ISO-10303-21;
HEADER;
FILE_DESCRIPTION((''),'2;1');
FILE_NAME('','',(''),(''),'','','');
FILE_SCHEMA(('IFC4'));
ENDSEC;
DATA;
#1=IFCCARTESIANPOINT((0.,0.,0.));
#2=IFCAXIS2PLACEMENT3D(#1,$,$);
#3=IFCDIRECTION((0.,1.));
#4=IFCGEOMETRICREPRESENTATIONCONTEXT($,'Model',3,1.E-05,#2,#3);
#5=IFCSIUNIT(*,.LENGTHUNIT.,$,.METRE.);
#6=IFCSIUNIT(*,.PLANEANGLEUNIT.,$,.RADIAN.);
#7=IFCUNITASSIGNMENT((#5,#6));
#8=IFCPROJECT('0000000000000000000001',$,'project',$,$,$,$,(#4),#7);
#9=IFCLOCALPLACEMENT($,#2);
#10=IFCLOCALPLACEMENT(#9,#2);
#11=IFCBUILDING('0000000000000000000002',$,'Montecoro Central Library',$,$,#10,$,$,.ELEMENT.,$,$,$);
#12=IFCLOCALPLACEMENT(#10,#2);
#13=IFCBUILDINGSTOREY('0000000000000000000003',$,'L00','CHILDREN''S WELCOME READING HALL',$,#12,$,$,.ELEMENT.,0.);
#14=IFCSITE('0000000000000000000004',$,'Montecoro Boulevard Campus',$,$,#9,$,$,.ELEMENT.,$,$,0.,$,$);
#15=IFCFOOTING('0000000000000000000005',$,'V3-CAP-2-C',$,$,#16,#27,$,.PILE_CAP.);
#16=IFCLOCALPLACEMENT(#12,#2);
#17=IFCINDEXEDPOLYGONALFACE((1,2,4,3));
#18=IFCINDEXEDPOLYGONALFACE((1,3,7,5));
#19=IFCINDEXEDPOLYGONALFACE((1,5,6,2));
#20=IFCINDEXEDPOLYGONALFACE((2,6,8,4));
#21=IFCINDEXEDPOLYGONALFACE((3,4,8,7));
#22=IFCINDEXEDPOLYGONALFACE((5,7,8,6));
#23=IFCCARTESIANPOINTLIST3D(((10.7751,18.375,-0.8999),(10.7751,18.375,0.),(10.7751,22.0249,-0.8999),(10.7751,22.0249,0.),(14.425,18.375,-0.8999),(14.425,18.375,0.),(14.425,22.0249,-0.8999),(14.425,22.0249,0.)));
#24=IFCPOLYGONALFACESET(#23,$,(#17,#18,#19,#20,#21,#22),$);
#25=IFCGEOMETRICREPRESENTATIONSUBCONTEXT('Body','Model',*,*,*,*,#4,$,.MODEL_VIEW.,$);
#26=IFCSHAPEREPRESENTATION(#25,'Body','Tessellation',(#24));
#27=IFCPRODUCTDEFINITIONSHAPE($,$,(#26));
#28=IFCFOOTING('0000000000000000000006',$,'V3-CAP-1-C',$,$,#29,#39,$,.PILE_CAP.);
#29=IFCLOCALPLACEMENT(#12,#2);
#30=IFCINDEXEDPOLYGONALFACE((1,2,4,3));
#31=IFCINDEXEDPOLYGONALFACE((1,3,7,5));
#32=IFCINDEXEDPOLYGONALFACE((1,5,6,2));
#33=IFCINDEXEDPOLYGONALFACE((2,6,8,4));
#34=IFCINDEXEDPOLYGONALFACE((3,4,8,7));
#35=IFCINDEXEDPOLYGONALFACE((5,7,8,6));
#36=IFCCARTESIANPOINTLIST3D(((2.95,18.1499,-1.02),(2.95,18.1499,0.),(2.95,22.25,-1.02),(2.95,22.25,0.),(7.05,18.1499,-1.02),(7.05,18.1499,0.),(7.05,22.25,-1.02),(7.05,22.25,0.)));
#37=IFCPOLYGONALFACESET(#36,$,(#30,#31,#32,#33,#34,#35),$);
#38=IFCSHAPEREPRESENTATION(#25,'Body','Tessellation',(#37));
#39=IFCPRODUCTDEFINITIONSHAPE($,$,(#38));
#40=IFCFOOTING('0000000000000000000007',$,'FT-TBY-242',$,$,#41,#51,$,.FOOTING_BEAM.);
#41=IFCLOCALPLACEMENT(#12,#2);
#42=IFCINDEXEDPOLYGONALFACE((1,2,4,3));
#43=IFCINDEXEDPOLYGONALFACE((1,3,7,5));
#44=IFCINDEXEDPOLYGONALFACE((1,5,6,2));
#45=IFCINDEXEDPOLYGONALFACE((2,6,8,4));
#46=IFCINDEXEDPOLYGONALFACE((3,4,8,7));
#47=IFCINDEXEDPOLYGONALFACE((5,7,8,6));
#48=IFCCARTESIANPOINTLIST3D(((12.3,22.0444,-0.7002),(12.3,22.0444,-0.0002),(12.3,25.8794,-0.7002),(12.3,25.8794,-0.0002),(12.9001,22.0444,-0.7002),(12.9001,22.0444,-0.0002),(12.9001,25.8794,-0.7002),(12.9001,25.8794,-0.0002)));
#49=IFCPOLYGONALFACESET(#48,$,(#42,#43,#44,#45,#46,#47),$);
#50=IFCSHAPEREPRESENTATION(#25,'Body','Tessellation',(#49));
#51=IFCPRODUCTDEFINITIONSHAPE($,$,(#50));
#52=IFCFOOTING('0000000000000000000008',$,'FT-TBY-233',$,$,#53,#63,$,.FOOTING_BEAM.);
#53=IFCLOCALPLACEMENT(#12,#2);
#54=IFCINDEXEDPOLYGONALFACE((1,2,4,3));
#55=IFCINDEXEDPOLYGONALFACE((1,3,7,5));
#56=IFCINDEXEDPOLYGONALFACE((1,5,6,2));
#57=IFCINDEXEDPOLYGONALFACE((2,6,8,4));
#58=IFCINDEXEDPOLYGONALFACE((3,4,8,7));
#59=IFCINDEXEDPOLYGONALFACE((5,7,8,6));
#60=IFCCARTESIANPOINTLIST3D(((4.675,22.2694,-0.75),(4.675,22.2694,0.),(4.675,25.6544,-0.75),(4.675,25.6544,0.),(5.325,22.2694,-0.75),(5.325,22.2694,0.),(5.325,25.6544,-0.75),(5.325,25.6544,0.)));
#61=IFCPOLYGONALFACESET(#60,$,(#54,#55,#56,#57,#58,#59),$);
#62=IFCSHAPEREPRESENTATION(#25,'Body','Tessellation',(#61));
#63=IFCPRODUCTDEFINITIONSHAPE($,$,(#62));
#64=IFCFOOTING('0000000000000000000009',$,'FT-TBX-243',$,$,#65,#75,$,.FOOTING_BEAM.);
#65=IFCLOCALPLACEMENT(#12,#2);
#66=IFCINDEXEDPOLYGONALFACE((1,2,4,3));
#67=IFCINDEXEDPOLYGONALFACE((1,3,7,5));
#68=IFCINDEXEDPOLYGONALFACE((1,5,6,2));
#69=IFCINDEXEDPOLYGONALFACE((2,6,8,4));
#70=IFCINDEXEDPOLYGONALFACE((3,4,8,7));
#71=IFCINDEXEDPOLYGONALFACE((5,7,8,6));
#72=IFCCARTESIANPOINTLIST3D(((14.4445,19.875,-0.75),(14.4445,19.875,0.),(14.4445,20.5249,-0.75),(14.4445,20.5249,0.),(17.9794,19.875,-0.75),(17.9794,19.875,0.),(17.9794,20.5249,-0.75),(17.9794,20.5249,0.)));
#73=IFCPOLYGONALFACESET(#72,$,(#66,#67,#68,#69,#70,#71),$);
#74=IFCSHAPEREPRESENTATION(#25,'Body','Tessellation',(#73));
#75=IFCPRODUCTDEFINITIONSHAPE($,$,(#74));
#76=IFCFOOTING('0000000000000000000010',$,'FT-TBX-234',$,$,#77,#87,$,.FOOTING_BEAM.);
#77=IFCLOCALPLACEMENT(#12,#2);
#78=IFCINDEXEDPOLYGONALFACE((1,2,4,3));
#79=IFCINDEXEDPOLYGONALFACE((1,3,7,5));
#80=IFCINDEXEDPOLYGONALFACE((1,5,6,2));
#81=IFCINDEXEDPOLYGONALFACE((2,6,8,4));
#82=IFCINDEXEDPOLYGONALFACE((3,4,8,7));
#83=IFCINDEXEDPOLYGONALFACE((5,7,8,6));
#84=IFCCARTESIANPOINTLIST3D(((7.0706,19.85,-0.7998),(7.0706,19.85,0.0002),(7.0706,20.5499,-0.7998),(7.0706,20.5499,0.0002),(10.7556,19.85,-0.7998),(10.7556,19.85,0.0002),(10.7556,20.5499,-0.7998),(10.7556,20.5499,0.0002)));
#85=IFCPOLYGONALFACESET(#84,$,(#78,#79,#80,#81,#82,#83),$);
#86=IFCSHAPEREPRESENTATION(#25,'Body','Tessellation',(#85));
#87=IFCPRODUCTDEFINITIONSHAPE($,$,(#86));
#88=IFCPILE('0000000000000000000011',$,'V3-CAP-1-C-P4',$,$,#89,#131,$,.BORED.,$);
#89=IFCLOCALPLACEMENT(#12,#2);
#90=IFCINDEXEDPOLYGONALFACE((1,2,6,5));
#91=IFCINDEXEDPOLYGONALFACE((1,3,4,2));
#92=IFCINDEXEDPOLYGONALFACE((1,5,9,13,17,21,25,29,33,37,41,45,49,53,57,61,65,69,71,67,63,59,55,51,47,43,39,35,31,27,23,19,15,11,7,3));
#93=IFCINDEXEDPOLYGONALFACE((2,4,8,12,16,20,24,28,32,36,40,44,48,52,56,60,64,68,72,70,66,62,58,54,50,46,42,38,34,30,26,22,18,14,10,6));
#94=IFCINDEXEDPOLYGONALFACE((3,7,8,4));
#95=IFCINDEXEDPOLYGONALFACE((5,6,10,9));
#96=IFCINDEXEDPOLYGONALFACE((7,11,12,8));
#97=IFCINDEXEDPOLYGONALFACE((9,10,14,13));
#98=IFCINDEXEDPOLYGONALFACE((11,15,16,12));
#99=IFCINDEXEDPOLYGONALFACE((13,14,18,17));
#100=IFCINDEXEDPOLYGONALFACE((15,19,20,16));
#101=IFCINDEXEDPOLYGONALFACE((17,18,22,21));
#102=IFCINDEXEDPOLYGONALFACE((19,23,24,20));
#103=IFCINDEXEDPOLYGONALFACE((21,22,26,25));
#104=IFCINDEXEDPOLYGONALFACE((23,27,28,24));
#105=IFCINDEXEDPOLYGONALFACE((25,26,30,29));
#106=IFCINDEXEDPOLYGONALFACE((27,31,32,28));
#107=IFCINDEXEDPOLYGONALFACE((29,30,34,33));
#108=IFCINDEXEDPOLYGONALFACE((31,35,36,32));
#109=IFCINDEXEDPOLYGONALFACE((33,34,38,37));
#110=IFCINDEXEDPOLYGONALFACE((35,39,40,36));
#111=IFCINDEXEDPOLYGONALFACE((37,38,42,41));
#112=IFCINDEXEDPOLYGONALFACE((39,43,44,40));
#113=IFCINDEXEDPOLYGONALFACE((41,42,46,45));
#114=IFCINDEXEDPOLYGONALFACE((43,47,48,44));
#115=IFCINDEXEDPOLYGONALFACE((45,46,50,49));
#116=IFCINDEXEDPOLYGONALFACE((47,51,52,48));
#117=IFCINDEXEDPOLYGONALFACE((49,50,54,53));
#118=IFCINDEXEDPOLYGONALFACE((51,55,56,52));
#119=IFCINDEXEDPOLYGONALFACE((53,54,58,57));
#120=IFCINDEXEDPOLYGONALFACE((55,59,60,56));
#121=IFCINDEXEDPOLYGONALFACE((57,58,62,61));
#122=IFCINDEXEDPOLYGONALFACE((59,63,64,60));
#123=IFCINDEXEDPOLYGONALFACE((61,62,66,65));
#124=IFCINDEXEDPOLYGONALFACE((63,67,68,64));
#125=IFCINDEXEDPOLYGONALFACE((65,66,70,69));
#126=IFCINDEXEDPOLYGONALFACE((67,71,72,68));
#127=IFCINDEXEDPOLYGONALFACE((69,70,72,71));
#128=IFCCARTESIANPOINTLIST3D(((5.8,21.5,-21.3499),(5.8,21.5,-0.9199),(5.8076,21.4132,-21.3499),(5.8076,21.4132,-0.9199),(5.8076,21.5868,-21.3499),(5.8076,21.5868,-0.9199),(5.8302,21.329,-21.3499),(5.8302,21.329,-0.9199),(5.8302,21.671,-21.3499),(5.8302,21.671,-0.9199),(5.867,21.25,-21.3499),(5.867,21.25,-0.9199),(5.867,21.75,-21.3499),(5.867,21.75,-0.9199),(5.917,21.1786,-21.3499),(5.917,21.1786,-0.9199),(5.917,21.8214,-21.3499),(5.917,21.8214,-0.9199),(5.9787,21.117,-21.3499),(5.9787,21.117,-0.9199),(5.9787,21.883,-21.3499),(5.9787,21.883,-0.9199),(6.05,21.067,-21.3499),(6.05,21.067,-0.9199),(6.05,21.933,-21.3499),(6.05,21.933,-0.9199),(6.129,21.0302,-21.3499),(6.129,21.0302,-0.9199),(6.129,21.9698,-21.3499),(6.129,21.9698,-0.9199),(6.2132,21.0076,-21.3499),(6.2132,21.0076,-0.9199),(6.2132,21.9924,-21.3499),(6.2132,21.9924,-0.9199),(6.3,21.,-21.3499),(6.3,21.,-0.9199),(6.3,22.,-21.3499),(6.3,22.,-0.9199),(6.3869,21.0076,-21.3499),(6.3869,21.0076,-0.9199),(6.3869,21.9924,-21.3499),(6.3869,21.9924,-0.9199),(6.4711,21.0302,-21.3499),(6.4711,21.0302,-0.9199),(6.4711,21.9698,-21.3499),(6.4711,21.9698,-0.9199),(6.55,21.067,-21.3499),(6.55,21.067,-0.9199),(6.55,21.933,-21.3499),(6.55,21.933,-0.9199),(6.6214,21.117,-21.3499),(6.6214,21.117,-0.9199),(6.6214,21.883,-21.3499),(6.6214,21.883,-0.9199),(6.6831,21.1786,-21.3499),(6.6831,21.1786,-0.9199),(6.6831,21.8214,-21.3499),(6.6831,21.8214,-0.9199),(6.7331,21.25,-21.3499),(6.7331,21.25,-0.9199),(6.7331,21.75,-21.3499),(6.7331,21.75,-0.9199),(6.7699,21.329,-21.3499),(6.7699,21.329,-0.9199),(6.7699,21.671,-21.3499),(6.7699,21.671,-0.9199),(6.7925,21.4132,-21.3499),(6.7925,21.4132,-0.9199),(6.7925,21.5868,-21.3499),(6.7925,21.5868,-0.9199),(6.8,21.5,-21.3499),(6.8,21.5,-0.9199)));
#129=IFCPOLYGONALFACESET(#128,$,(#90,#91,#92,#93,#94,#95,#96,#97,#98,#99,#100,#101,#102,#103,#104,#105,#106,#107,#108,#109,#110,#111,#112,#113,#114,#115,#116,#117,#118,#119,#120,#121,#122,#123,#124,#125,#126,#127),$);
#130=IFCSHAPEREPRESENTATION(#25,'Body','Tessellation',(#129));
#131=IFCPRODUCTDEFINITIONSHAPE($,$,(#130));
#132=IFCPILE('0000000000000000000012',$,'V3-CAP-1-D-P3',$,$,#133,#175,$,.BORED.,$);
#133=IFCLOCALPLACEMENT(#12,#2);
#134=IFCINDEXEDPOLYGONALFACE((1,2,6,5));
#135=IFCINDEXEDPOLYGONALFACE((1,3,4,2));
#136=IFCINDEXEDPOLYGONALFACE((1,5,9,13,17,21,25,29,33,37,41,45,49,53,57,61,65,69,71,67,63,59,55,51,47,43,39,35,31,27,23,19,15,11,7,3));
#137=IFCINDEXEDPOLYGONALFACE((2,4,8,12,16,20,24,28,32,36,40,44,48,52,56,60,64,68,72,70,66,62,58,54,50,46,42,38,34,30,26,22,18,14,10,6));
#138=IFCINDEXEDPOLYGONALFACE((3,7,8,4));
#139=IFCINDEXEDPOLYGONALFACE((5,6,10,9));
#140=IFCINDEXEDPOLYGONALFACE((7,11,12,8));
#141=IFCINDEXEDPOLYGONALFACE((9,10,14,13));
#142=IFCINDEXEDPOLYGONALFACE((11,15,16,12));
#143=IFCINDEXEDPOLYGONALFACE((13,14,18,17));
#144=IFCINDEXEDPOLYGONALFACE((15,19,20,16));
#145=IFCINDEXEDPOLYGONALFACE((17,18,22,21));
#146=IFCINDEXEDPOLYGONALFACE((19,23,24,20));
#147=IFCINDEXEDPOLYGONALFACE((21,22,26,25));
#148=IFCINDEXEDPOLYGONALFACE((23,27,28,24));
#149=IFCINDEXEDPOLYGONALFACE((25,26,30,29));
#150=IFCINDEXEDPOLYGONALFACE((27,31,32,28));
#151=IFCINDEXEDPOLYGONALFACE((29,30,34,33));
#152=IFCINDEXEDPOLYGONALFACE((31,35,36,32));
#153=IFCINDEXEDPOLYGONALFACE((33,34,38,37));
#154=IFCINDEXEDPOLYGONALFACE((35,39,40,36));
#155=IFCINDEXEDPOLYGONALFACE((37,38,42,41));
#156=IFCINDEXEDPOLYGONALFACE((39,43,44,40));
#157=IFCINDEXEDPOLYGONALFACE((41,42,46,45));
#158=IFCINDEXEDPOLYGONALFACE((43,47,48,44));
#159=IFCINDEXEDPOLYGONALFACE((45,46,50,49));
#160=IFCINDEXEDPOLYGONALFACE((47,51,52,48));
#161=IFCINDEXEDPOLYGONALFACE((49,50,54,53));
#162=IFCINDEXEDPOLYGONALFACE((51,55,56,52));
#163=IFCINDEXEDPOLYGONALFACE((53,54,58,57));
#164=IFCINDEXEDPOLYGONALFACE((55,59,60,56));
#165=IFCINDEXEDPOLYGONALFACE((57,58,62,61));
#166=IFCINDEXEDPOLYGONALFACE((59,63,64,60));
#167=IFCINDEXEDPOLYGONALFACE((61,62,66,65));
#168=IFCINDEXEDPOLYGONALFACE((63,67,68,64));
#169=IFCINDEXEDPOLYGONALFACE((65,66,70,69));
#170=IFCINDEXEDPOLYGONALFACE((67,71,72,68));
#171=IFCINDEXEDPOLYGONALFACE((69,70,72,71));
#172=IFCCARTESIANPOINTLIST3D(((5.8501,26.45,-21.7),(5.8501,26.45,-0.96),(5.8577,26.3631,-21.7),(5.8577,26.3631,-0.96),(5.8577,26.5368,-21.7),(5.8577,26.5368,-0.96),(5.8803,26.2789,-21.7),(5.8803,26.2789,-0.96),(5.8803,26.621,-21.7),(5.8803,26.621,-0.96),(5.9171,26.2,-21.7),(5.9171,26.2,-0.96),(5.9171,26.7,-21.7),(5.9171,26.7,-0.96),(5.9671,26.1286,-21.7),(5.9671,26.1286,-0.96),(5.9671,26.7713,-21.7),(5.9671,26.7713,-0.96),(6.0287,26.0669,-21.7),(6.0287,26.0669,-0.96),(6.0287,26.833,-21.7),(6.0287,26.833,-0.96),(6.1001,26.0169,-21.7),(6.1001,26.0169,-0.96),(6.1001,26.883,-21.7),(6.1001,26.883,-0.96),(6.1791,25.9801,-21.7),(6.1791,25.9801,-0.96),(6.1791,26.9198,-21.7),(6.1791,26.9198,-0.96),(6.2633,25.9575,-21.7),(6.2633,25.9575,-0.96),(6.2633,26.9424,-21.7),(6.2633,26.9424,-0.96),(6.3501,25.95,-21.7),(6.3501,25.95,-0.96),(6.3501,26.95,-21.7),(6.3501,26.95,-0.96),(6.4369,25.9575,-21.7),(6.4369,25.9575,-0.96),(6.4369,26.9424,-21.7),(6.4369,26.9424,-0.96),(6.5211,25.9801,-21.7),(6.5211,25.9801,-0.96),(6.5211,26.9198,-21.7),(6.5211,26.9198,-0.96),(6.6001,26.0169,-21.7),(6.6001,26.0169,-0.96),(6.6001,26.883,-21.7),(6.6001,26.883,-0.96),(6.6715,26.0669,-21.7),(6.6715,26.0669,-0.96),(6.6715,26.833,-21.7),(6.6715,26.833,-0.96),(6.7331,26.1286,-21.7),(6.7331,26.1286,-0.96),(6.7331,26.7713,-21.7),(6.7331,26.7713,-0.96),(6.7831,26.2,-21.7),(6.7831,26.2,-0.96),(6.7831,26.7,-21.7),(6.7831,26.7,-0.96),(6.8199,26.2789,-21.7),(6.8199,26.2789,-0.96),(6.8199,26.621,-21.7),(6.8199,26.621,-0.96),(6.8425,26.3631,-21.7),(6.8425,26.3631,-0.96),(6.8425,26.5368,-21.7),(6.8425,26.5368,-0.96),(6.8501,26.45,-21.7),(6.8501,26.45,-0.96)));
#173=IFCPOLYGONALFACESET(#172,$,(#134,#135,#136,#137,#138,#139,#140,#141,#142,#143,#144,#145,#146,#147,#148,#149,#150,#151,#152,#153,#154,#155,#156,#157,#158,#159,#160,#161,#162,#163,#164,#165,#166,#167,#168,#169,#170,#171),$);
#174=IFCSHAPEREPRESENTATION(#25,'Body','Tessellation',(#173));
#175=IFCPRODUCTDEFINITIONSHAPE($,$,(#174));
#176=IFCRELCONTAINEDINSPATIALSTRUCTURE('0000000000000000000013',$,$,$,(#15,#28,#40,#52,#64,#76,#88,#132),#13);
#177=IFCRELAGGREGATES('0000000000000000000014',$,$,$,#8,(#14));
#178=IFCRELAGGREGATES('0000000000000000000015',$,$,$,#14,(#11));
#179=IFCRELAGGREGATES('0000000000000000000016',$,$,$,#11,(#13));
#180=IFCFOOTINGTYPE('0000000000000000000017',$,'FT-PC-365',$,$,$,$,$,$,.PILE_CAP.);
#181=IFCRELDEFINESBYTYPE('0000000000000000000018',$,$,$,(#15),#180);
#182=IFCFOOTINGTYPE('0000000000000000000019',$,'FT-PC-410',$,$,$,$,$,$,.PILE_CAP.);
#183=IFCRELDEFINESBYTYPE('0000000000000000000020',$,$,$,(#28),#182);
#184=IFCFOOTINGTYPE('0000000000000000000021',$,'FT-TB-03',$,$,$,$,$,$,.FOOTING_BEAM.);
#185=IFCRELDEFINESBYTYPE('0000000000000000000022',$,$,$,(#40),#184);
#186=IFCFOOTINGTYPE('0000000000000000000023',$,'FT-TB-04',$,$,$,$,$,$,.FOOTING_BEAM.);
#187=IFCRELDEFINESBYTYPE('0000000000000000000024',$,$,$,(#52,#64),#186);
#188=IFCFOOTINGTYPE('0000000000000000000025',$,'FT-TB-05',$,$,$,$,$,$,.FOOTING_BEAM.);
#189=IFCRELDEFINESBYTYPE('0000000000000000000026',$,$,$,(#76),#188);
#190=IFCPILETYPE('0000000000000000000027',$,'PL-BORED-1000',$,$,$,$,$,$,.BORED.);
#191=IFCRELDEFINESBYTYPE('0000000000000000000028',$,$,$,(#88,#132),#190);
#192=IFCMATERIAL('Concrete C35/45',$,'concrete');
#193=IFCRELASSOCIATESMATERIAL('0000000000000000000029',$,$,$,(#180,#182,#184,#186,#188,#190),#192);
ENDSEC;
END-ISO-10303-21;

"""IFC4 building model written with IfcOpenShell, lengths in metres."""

from ifc_helpers import new_model, si_unit, direction, frame, origin, origin_2d, place, context, subcontext, project, spatial, rectangle, circle, extrude, material, material_profile, profile_set, type_object, element, save


model = new_model("IFC4")

# Units and contexts
model_context = context("Model", 3, precision=1e-05, world=origin(), true_north=direction((0.0, 1.0)))
body_context = subcontext(model_context, "Body", "Model", "MODEL_VIEW")
ifc_project = project(units=[si_unit("LENGTHUNIT", "METRE"), si_unit("PLANEANGLEUNIT", "RADIAN")], contexts=[model_context])

# Site, building, storey
site_placement = place(None, origin())
site = spatial("IfcSite", under=ifc_project, at=site_placement, Name="Montecoro Boulevard Campus", CompositionType="ELEMENT", RefElevation=0.0)
building_placement = place(site_placement, origin())
building = spatial("IfcBuilding", under=site, at=building_placement, Name="Montecoro Central Library", CompositionType="ELEMENT")
storey_placement = place(building_placement, origin())
storey = spatial("IfcBuildingStorey", under=building, at=storey_placement, Name="L00", Description="CHILDREN'S WELCOME READING HALL", CompositionType="ELEMENT", Elevation=0.0)

# Footings
ifc_material_1 = material(Name="Concrete C35/45", Category="concrete")
footing_type_1 = type_object("IfcFootingType", Name="FT-PC-365", PredefinedType="PILE_CAP", material=ifc_material_1)
footing_1_placement = place(storey_placement, frame((12.6001, 20.2, -0.8999), z_axis=(0.0, 0.0, 1.0), x_axis=(1.0, 0.0, 0.0)))
element("IfcFooting", 1, at=footing_1_placement, inside=storey, type_object=footing_type_1, Name="V3-CAP-2-C", PredefinedType="PILE_CAP", context=body_context, shape_type="SweptSolid", body=[
    extrude(rectangle(XDim=3.6499, YDim=3.6499, at=origin_2d()), origin(), (0.0, 0.0, 1.0), 0.8999),
])
footing_type_2 = type_object("IfcFootingType", Name="FT-PC-410", PredefinedType="PILE_CAP", material=ifc_material_1)
footing_2_placement = place(storey_placement, frame((5.0, 20.2, -1.02), z_axis=(0.0, 0.0, 1.0), x_axis=(1.0, 0.0, 0.0)))
element("IfcFooting", 2, at=footing_2_placement, inside=storey, type_object=footing_type_2, Name="V3-CAP-1-C", PredefinedType="PILE_CAP", context=body_context, shape_type="SweptSolid", body=[
    extrude(rectangle(XDim=4.1001, YDim=4.1001, at=origin_2d()), origin(), (0.0, 0.0, 1.0), 1.02),
])
footing_type_3 = type_object("IfcFootingType", Name="FT-TB-03", PredefinedType="FOOTING_BEAM", material=ifc_material_1)
footing_3_placement = place(storey_placement, frame((12.6001, 23.9619, -0.7002), z_axis=(0.0, 0.0, 1.0), x_axis=(1.0, 0.0, 0.0)))
element("IfcFooting", 3, at=footing_3_placement, inside=storey, type_object=footing_type_3, Name="FT-TBY-242", PredefinedType="FOOTING_BEAM", context=body_context, shape_type="SweptSolid", body=[
    extrude(rectangle(XDim=0.6001, YDim=3.835, at=origin_2d()), origin(), (0.0, 0.0, 1.0), 0.7),
])
footing_type_4 = type_object("IfcFootingType", Name="FT-TB-04", PredefinedType="FOOTING_BEAM", material=ifc_material_1)
footing_4_placement = place(storey_placement, frame((5.0, 23.9619, -0.75), z_axis=(0.0, 0.0, 1.0), x_axis=(1.0, 0.0, 0.0)))
element("IfcFooting", 4, at=footing_4_placement, inside=storey, type_object=footing_type_4, Name="FT-TBY-233", PredefinedType="FOOTING_BEAM", context=body_context, shape_type="SweptSolid", body=[
    extrude(rectangle(XDim=0.6499, YDim=3.385, at=origin_2d()), origin(), (0.0, 0.0, 1.0), 0.75),
])
footing_5_placement = place(storey_placement, frame((16.2119, 20.2, -0.75), z_axis=(0.0, 0.0, 1.0), x_axis=(1.0, 0.0, 0.0)))
element("IfcFooting", 5, at=footing_5_placement, inside=storey, type_object=footing_type_4, Name="FT-TBX-243", PredefinedType="FOOTING_BEAM", context=body_context, shape_type="SweptSolid", body=[
    extrude(rectangle(XDim=3.5349, YDim=0.6499, at=origin_2d()), origin(), (0.0, 0.0, 1.0), 0.75),
])
footing_type_5 = type_object("IfcFootingType", Name="FT-TB-05", PredefinedType="FOOTING_BEAM", material=ifc_material_1)
footing_6_placement = place(storey_placement, frame((8.9131, 20.2, -0.7998), z_axis=(0.0, 0.0, 1.0), x_axis=(1.0, 0.0, 0.0)))
element("IfcFooting", 6, at=footing_6_placement, inside=storey, type_object=footing_type_5, Name="FT-TBX-234", PredefinedType="FOOTING_BEAM", context=body_context, shape_type="SweptSolid", body=[
    extrude(rectangle(XDim=3.6851, YDim=0.7, at=origin_2d()), origin(), (0.0, 0.0, 1.0), 0.8),
])

# Piles
ifc_material_profile_1 = material_profile(ifc_material_1, circle(Radius=0.5, at=origin_2d()), Name="PILE D1000")
ifc_profile_set_1 = profile_set([ifc_material_profile_1], Name="Concrete C35/45")
pile_type_1 = type_object("IfcPileType", Name="PL-BORED-1000", PredefinedType="BORED", material=ifc_profile_set_1)
pile_1_placement = place(storey_placement, frame((6.3, 21.5, -0.9199), z_axis=(0.0, 0.0, -1.0), x_axis=(1.0, 0.0, 0.0)))
element("IfcPile", 7, at=pile_1_placement, inside=storey, type_object=pile_type_1, Name="V3-CAP-1-C-P4", PredefinedType="BORED", context=body_context, shape_type="SweptSolid", body=[
    extrude(circle(Radius=0.5, at=origin_2d()), origin(), (0.0, 0.0, 1.0), 20.4299),
])
pile_2_placement = place(storey_placement, frame((6.3501, 26.45, -0.96), z_axis=(0.0, 0.0, -1.0), x_axis=(1.0, 0.0, 0.0)))
element("IfcPile", 8, at=pile_2_placement, inside=storey, type_object=pile_type_1, Name="V3-CAP-1-D-P3", PredefinedType="BORED", context=body_context, shape_type="SweptSolid", body=[
    extrude(circle(Radius=0.5, at=origin_2d()), origin(), (0.0, 0.0, 1.0), 20.74),
])

save(model, "model.ifc")
